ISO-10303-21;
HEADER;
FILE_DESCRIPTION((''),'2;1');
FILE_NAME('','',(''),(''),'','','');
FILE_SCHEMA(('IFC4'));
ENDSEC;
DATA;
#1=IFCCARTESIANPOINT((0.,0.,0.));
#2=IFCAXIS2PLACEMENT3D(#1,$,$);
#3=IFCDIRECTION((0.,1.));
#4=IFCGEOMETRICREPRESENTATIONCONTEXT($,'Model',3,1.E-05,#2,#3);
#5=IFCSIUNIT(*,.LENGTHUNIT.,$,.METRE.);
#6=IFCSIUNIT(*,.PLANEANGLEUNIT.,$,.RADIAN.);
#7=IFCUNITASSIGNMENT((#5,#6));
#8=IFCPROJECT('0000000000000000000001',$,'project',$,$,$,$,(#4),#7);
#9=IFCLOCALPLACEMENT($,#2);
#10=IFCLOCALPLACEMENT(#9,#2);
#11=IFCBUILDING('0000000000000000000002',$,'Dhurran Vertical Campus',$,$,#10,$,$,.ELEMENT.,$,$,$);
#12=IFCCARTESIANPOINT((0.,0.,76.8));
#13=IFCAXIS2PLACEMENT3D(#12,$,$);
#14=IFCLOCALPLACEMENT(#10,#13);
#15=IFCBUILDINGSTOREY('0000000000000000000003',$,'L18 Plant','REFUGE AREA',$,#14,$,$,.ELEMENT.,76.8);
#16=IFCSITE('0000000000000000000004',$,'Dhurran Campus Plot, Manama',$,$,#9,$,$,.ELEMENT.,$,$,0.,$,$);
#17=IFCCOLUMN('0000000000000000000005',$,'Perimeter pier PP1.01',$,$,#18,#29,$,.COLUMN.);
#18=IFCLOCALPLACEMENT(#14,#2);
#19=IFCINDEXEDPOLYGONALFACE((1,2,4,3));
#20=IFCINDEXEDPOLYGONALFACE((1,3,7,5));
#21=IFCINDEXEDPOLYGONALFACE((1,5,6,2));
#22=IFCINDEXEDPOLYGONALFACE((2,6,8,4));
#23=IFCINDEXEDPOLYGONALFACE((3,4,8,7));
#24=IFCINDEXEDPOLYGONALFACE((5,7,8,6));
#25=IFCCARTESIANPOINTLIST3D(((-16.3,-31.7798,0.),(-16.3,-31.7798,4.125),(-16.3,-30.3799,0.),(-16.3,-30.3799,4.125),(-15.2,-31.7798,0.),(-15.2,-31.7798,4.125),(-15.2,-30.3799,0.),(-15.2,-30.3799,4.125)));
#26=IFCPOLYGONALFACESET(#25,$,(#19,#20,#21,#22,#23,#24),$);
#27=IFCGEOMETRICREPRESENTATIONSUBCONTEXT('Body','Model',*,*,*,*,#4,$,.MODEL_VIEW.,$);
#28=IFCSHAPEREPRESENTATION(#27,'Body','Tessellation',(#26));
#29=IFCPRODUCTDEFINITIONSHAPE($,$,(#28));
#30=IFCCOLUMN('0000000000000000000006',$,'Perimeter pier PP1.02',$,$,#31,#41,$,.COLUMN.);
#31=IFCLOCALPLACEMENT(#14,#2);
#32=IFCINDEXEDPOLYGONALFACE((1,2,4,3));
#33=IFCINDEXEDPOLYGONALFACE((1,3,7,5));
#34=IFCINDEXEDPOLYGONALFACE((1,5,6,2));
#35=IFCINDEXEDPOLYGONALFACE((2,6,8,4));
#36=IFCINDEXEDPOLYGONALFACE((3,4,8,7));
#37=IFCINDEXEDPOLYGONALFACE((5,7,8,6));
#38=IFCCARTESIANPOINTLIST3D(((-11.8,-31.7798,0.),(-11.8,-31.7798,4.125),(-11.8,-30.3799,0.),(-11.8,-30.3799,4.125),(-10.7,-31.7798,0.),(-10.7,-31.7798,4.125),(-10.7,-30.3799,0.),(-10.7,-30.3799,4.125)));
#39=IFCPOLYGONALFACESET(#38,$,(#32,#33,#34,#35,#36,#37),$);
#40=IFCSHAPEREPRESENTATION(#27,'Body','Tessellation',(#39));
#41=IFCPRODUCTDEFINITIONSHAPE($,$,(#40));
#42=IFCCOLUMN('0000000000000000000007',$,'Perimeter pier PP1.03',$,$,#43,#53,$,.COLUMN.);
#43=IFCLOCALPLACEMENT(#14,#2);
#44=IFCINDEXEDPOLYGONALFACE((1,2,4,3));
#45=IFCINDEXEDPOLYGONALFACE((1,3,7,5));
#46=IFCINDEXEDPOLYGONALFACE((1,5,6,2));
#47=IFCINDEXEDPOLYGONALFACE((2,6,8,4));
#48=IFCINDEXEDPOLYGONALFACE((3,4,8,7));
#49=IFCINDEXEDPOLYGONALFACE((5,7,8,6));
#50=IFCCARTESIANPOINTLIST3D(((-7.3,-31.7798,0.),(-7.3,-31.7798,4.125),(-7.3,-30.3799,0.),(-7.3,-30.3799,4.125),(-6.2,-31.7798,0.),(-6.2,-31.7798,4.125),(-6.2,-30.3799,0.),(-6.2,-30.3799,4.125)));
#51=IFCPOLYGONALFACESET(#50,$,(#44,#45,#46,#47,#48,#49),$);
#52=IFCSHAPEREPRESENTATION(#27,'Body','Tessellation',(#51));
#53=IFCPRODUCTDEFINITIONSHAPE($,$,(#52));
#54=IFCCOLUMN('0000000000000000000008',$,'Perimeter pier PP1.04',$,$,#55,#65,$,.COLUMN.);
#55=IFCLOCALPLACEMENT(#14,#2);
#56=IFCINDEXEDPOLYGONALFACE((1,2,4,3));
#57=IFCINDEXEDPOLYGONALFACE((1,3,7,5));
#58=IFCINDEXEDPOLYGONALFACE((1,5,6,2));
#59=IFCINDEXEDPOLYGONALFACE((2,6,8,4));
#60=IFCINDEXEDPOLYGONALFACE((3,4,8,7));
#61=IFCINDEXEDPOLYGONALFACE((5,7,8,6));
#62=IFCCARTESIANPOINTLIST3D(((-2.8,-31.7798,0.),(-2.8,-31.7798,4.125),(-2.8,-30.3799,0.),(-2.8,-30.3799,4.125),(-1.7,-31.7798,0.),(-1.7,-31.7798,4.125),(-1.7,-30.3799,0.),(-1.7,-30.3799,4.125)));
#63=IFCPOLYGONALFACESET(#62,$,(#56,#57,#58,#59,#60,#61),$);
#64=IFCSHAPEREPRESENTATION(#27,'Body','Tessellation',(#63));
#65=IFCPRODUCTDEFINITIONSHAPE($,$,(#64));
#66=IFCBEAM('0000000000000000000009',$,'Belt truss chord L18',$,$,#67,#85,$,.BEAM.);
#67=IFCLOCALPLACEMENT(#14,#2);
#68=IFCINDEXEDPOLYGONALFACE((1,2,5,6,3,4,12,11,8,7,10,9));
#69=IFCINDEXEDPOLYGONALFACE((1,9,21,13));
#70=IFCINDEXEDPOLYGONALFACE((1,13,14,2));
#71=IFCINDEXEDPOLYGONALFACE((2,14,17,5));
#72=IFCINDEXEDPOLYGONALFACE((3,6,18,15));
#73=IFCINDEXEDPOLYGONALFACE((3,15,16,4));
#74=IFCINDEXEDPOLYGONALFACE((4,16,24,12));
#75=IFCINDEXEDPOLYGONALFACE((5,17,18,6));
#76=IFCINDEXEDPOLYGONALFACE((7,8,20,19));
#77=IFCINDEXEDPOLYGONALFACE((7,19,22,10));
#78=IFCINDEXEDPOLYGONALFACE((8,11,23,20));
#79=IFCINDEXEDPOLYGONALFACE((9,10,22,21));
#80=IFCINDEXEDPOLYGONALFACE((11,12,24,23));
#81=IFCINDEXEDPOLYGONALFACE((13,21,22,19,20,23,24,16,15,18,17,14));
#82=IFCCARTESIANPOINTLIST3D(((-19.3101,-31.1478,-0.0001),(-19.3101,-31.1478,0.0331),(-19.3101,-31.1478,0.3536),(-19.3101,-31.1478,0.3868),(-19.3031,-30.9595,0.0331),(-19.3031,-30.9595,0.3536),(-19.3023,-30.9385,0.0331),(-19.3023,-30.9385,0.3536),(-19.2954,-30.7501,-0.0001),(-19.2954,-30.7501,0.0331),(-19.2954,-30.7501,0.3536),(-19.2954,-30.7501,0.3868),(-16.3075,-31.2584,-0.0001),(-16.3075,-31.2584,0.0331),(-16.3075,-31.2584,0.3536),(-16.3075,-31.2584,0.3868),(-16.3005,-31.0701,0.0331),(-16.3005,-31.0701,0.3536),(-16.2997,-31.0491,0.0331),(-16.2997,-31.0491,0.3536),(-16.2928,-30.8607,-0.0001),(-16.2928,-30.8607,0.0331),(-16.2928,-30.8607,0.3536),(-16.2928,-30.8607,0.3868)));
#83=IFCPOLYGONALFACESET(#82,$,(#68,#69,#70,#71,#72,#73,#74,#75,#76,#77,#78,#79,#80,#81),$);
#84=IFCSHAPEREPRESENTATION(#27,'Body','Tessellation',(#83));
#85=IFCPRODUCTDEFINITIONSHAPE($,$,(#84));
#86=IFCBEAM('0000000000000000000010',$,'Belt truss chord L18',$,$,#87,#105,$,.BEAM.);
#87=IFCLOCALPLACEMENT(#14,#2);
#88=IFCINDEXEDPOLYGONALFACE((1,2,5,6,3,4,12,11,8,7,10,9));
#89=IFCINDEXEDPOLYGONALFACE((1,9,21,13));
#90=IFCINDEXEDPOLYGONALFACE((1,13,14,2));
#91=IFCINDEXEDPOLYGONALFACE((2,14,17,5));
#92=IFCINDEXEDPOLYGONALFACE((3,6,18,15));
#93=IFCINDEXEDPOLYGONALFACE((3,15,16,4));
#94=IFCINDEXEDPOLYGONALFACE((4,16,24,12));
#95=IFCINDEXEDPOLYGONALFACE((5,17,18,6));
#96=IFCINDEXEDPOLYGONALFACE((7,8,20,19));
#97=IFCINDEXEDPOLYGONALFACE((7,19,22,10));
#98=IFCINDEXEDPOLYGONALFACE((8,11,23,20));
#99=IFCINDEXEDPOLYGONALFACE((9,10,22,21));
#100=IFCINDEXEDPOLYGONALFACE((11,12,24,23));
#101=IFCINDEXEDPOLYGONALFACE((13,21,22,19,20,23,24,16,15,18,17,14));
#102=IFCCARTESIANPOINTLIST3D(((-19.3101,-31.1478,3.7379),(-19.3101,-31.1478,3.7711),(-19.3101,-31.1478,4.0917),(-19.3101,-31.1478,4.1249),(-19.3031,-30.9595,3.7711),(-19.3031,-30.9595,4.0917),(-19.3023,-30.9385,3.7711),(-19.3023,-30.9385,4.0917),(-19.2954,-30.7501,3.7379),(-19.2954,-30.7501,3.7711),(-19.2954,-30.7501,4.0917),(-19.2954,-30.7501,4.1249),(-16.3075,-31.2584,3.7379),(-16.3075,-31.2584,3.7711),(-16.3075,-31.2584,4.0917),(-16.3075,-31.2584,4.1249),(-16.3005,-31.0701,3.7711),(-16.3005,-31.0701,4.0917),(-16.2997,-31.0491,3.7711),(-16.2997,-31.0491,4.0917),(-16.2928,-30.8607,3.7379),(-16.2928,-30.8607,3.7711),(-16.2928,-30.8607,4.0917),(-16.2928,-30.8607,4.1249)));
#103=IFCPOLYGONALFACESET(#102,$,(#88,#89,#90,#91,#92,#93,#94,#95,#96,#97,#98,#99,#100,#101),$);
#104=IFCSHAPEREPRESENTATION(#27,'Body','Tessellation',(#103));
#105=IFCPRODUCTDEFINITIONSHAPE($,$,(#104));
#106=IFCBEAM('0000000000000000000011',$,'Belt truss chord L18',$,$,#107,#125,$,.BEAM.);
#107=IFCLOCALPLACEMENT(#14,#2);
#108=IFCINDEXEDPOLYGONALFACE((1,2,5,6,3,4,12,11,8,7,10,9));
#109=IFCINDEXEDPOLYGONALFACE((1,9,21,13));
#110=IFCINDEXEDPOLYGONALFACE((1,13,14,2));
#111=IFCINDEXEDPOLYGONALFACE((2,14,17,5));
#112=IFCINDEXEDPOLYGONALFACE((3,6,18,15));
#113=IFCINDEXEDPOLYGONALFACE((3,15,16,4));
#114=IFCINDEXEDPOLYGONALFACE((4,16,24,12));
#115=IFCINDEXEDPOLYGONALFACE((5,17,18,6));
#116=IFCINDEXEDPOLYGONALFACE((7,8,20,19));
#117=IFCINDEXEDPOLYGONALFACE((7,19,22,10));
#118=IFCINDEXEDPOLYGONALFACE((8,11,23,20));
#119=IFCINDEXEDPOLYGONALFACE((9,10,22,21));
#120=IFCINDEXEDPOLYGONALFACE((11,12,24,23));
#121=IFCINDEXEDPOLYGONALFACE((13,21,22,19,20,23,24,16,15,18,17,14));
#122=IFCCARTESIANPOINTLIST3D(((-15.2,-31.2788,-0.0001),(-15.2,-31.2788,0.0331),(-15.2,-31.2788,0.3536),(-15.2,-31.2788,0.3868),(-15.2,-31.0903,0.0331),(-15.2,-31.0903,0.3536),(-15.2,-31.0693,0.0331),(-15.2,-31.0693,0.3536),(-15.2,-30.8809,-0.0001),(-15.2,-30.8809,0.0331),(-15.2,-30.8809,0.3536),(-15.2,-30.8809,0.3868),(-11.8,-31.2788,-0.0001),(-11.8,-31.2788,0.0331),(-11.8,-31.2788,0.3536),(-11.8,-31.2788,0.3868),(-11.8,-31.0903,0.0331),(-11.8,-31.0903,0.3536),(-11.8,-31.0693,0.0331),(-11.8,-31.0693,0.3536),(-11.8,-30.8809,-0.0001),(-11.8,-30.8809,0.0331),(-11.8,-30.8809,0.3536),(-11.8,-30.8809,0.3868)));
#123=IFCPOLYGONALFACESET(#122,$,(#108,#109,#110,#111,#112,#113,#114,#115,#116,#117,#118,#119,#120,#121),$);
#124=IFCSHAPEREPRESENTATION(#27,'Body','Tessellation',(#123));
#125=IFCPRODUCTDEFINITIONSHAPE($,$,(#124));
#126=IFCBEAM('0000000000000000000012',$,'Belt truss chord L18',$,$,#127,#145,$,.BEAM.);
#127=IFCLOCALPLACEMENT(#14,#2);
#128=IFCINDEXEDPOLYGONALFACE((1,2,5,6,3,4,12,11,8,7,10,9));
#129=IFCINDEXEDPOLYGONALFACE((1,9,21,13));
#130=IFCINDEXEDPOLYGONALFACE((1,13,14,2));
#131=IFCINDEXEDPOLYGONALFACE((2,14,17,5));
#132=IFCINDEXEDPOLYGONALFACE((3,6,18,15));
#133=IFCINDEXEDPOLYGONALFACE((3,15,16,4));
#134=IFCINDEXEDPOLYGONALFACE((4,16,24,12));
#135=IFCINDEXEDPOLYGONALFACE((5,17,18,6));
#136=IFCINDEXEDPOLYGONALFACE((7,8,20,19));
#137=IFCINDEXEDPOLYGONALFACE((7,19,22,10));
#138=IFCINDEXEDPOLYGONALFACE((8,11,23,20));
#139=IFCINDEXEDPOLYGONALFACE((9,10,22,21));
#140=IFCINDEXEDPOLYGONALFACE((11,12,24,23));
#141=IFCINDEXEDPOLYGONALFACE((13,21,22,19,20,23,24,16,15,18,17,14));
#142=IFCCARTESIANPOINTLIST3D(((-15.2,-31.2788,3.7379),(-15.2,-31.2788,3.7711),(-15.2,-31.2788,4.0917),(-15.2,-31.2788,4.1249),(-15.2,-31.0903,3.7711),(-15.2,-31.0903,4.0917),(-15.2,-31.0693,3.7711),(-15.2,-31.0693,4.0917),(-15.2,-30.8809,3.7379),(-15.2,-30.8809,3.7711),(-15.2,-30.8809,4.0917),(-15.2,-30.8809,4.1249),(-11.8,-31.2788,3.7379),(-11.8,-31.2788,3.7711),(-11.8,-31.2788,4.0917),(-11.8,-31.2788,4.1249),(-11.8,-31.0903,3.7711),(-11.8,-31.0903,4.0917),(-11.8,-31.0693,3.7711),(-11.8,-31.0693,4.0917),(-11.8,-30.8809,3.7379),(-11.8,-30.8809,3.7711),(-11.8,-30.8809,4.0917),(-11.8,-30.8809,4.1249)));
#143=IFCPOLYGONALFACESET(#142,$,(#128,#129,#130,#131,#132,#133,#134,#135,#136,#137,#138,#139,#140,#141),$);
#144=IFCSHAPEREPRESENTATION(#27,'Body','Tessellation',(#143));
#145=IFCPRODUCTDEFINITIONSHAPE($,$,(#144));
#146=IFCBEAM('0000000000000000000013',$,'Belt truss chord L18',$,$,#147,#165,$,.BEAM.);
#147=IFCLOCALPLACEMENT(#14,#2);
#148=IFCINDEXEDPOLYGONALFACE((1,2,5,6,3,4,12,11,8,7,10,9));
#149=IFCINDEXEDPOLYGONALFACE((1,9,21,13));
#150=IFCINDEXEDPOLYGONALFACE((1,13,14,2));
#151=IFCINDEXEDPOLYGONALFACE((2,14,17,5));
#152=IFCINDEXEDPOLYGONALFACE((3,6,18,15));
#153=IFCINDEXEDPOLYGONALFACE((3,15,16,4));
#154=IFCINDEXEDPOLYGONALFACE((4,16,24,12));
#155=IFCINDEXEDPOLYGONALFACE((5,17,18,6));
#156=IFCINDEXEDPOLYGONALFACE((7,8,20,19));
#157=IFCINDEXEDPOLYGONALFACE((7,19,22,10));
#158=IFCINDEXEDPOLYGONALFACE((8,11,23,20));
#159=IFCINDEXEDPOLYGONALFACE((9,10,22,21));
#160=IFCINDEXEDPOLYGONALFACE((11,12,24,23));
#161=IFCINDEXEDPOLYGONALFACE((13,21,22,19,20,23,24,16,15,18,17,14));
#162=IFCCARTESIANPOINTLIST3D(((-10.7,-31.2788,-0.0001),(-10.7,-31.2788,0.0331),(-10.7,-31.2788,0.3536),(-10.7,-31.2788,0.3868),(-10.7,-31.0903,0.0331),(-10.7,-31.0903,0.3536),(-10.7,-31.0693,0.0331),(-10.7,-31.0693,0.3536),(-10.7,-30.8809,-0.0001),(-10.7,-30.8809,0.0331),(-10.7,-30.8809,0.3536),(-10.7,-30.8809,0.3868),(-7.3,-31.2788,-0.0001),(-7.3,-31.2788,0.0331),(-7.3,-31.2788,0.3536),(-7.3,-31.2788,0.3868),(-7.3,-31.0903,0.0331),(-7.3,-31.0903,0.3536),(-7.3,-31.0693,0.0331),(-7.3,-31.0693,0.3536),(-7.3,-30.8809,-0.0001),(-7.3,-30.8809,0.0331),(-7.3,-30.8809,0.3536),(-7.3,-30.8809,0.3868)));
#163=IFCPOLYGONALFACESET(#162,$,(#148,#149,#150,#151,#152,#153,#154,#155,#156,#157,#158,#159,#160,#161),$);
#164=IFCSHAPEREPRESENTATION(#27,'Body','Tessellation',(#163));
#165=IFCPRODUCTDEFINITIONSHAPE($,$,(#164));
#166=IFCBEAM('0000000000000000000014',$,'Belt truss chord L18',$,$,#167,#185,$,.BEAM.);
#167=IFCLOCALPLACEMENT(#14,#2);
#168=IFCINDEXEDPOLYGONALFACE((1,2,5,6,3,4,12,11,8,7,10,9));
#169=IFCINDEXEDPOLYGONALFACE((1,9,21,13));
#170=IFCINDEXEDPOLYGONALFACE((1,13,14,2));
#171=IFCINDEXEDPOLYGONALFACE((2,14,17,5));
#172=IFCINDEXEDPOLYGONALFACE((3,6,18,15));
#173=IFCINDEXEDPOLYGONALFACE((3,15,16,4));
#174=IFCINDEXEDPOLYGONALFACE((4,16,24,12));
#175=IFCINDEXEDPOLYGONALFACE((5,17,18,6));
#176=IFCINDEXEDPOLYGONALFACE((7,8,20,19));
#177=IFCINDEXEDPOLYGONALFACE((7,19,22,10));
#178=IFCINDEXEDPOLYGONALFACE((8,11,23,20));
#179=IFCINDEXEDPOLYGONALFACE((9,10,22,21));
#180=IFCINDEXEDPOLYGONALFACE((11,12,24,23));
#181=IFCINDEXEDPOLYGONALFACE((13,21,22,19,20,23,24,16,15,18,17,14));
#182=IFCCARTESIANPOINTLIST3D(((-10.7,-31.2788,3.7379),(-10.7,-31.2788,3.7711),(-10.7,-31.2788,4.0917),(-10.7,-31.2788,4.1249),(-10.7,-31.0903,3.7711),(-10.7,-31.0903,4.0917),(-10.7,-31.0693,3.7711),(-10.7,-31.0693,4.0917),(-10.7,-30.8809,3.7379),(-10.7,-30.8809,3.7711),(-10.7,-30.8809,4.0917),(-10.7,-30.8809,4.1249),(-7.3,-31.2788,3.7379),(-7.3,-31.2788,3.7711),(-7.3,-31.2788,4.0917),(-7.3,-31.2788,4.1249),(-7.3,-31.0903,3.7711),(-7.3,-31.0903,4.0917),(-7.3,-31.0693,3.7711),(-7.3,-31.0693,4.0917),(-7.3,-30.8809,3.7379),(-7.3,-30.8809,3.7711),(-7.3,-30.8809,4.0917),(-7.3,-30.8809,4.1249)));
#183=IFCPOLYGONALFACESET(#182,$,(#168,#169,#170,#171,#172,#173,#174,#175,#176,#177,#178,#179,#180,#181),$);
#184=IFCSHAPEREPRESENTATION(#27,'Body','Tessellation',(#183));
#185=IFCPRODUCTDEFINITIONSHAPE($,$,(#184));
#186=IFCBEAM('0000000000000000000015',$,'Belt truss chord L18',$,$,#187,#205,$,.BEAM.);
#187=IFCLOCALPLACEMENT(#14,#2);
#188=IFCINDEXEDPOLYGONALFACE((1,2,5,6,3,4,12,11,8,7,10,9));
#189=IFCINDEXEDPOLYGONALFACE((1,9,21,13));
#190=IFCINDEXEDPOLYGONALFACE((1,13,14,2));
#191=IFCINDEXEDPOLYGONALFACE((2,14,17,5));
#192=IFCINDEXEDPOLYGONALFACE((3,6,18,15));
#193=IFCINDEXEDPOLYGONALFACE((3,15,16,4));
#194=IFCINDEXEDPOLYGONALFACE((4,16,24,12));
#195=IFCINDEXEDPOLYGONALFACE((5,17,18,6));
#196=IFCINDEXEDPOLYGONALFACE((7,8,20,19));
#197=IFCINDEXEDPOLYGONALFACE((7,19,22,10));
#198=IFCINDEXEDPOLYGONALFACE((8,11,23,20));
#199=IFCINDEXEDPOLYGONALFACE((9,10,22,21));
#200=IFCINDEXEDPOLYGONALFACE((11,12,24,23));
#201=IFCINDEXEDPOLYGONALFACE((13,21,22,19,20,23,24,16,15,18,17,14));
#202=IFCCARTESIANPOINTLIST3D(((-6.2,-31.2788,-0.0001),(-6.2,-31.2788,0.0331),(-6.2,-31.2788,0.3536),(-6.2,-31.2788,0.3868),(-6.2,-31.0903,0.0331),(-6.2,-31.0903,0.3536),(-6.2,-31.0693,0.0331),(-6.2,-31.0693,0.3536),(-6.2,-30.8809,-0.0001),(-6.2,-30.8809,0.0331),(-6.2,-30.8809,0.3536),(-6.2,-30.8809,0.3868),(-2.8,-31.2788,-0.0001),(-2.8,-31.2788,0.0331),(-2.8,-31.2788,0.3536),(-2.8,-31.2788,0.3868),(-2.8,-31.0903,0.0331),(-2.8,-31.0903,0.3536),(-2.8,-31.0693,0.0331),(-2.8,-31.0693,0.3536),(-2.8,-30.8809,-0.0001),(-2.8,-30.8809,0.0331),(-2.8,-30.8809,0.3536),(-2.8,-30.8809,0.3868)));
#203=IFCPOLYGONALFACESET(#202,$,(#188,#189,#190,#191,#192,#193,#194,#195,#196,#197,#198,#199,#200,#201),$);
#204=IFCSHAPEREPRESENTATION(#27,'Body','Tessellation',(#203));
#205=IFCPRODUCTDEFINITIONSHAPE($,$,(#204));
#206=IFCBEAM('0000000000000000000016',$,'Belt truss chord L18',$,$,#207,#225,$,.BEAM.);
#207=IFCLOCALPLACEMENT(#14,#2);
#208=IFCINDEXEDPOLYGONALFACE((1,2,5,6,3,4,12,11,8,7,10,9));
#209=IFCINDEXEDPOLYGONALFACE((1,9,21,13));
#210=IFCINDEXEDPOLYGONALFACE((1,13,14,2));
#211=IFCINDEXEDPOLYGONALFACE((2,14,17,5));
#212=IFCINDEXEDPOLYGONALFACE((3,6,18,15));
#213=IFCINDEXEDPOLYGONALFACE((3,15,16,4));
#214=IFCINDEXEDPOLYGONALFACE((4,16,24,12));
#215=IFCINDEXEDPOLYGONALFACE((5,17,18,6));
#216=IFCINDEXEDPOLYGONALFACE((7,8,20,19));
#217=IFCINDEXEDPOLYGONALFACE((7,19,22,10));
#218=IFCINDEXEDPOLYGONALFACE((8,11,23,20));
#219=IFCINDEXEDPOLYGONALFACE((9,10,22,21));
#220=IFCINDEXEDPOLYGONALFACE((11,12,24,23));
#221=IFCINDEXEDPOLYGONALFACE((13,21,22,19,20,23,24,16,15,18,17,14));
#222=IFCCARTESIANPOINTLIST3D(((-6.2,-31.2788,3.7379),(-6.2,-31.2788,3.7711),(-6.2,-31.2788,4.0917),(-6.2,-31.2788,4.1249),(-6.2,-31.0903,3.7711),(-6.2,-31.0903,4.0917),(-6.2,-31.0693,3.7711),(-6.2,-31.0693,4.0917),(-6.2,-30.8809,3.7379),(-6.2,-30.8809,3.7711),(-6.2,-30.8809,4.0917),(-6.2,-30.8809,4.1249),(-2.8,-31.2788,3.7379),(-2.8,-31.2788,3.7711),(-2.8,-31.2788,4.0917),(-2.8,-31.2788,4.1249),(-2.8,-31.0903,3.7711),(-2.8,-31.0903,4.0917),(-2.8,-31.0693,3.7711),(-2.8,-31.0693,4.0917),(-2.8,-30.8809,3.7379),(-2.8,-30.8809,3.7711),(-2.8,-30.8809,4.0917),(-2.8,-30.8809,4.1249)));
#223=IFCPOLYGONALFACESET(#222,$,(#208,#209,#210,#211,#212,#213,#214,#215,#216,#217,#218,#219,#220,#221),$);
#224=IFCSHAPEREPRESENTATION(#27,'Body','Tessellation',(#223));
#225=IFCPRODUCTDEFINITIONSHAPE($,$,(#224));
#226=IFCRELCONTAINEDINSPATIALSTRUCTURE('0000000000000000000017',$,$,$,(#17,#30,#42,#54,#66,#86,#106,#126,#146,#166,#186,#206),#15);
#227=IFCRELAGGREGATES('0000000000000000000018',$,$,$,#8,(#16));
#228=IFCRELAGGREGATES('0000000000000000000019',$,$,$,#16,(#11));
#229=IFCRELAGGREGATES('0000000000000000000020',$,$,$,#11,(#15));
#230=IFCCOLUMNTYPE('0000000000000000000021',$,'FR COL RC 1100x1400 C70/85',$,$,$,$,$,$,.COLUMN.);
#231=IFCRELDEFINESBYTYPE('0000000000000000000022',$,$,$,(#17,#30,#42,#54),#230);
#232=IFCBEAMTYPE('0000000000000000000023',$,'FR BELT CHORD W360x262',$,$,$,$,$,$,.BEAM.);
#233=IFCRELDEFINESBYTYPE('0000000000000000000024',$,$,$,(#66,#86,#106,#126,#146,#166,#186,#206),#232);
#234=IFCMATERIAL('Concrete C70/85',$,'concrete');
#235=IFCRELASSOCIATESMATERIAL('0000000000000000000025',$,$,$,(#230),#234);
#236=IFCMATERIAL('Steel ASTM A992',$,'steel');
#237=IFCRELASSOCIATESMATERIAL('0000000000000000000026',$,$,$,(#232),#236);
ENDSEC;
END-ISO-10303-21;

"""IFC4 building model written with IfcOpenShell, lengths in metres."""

from ifc_helpers import new_model, si_unit, direction, frame, origin, origin_2d, place, context, subcontext, project, spatial, rectangle, i_section, extrude, material, material_profile, profile_set, type_object, element, save


model = new_model("IFC4")

# Units and contexts
model_context = context("Model", 3, precision=1e-05, world=origin(), true_north=direction((0.0, 1.0)))
body_context = subcontext(model_context, "Body", "Model", "MODEL_VIEW")
ifc_project = project(units=[si_unit("LENGTHUNIT", "METRE"), si_unit("PLANEANGLEUNIT", "RADIAN")], contexts=[model_context])

# Site, building, storey
site_placement = place(None, origin())
site = spatial("IfcSite", under=ifc_project, at=site_placement, Name="Dhurran Campus Plot, Manama", CompositionType="ELEMENT", RefElevation=0.0)
building_placement = place(site_placement, origin())
building = spatial("IfcBuilding", under=site, at=building_placement, Name="Dhurran Vertical Campus", CompositionType="ELEMENT")
storey_placement = place(building_placement, frame((0.0, 0.0, 76.8)))
storey = spatial("IfcBuildingStorey", under=building, at=storey_placement, Name="L18 Plant", Description="REFUGE AREA", CompositionType="ELEMENT", Elevation=76.8)

# Columns
ifc_material_1 = material(Name="Concrete C70/85", Category="concrete")
ifc_material_profile_1 = material_profile(ifc_material_1, rectangle(XDim=1.1001, YDim=1.3999, at=origin_2d()), Name="RC 1100x1400")
ifc_profile_set_1 = profile_set([ifc_material_profile_1], Name="Concrete C70/85")
column_type = type_object("IfcColumnType", Name="FR COL RC 1100x1400 C70/85", PredefinedType="COLUMN", material=ifc_profile_set_1)
for number, where, z_axis, x_axis, name in (
    (1, (-15.75, -31.0798, 0.0), (0.0, 0.0, 1.0), (1.0, 0.0, 0.0), "Perimeter pier PP1.01"),
    (2, (-11.25, -31.0798, 0.0), (0.0, 0.0, 1.0), (1.0, 0.0, 0.0), "Perimeter pier PP1.02"),
    (3, (-6.75, -31.0798, 0.0), (0.0, 0.0, 1.0), (1.0, 0.0, 0.0), "Perimeter pier PP1.03"),
    (4, (-2.25, -31.0798, 0.0), (0.0, 0.0, 1.0), (1.0, 0.0, 0.0), "Perimeter pier PP1.04"),
):
    element("IfcColumn", number, at=place(storey_placement, frame(where, z_axis=z_axis, x_axis=x_axis)), inside=storey, type_object=column_type, Name=name, PredefinedType="COLUMN", context=body_context, shape_type="SweptSolid", body=[
        extrude(rectangle(XDim=1.1001, YDim=1.3999, at=origin_2d()), origin(), (0.0, 0.0, 1.0), 4.125),
    ])

# Beams
ifc_material_2 = material(Name="Steel ASTM A992", Category="steel")
ifc_material_profile_2 = material_profile(ifc_material_2, i_section(OverallWidth=0.3979, OverallDepth=0.387, WebThickness=0.021, FlangeThickness=0.0332, at=origin_2d()), Name="W360x262")
ifc_profile_set_2 = profile_set([ifc_material_profile_2], Name="Steel ASTM A992")
beam_type = type_object("IfcBeamType", Name="FR BELT CHORD W360x262", PredefinedType="BEAM", material=ifc_profile_set_2)
for number, where, z_axis, x_axis, name in (
    (5, (-19.3027, -30.949, 0.1934), (0.999322, -0.036807, 0.0), (0.036807, 0.999322, 0.0), "Belt truss chord L18"),
    (6, (-19.3027, -30.949, 3.9314), (0.999322, -0.036807, 0.0), (0.036807, 0.999322, 0.0), "Belt truss chord L18"),
):
    element("IfcBeam", number, at=place(storey_placement, frame(where, z_axis=z_axis, x_axis=x_axis)), inside=storey, type_object=beam_type, Name=name, PredefinedType="BEAM", context=body_context, shape_type="SweptSolid", body=[
        extrude(i_section(OverallWidth=0.3979, OverallDepth=0.387, WebThickness=0.021, FlangeThickness=0.0332, at=origin_2d()), origin(), (0.0, 0.0, 1.0), 3.0046),
    ])
for number, where, z_axis, x_axis, name in (
    (7, (-15.2, -31.0798, 0.1934), (1.0, 0.0, 0.0), (0.0, 1.0, 0.0), "Belt truss chord L18"),
    (8, (-15.2, -31.0798, 3.9314), (1.0, 0.0, 0.0), (0.0, 1.0, 0.0), "Belt truss chord L18"),
    (9, (-10.7, -31.0798, 0.1934), (1.0, 0.0, 0.0), (0.0, 1.0, 0.0), "Belt truss chord L18"),
    (10, (-10.7, -31.0798, 3.9314), (1.0, 0.0, 0.0), (0.0, 1.0, 0.0), "Belt truss chord L18"),
    (11, (-6.2, -31.0798, 0.1934), (1.0, 0.0, 0.0), (0.0, 1.0, 0.0), "Belt truss chord L18"),
    (12, (-6.2, -31.0798, 3.9314), (1.0, 0.0, 0.0), (0.0, 1.0, 0.0), "Belt truss chord L18"),
):
    element("IfcBeam", number, at=place(storey_placement, frame(where, z_axis=z_axis, x_axis=x_axis)), inside=storey, type_object=beam_type, Name=name, PredefinedType="BEAM", context=body_context, shape_type="SweptSolid", body=[
        extrude(i_section(OverallWidth=0.3979, OverallDepth=0.387, WebThickness=0.021, FlangeThickness=0.0332, at=origin_2d()), origin(), (0.0, 0.0, 1.0), 3.3999),
    ])

save(model, "model.ifc")
